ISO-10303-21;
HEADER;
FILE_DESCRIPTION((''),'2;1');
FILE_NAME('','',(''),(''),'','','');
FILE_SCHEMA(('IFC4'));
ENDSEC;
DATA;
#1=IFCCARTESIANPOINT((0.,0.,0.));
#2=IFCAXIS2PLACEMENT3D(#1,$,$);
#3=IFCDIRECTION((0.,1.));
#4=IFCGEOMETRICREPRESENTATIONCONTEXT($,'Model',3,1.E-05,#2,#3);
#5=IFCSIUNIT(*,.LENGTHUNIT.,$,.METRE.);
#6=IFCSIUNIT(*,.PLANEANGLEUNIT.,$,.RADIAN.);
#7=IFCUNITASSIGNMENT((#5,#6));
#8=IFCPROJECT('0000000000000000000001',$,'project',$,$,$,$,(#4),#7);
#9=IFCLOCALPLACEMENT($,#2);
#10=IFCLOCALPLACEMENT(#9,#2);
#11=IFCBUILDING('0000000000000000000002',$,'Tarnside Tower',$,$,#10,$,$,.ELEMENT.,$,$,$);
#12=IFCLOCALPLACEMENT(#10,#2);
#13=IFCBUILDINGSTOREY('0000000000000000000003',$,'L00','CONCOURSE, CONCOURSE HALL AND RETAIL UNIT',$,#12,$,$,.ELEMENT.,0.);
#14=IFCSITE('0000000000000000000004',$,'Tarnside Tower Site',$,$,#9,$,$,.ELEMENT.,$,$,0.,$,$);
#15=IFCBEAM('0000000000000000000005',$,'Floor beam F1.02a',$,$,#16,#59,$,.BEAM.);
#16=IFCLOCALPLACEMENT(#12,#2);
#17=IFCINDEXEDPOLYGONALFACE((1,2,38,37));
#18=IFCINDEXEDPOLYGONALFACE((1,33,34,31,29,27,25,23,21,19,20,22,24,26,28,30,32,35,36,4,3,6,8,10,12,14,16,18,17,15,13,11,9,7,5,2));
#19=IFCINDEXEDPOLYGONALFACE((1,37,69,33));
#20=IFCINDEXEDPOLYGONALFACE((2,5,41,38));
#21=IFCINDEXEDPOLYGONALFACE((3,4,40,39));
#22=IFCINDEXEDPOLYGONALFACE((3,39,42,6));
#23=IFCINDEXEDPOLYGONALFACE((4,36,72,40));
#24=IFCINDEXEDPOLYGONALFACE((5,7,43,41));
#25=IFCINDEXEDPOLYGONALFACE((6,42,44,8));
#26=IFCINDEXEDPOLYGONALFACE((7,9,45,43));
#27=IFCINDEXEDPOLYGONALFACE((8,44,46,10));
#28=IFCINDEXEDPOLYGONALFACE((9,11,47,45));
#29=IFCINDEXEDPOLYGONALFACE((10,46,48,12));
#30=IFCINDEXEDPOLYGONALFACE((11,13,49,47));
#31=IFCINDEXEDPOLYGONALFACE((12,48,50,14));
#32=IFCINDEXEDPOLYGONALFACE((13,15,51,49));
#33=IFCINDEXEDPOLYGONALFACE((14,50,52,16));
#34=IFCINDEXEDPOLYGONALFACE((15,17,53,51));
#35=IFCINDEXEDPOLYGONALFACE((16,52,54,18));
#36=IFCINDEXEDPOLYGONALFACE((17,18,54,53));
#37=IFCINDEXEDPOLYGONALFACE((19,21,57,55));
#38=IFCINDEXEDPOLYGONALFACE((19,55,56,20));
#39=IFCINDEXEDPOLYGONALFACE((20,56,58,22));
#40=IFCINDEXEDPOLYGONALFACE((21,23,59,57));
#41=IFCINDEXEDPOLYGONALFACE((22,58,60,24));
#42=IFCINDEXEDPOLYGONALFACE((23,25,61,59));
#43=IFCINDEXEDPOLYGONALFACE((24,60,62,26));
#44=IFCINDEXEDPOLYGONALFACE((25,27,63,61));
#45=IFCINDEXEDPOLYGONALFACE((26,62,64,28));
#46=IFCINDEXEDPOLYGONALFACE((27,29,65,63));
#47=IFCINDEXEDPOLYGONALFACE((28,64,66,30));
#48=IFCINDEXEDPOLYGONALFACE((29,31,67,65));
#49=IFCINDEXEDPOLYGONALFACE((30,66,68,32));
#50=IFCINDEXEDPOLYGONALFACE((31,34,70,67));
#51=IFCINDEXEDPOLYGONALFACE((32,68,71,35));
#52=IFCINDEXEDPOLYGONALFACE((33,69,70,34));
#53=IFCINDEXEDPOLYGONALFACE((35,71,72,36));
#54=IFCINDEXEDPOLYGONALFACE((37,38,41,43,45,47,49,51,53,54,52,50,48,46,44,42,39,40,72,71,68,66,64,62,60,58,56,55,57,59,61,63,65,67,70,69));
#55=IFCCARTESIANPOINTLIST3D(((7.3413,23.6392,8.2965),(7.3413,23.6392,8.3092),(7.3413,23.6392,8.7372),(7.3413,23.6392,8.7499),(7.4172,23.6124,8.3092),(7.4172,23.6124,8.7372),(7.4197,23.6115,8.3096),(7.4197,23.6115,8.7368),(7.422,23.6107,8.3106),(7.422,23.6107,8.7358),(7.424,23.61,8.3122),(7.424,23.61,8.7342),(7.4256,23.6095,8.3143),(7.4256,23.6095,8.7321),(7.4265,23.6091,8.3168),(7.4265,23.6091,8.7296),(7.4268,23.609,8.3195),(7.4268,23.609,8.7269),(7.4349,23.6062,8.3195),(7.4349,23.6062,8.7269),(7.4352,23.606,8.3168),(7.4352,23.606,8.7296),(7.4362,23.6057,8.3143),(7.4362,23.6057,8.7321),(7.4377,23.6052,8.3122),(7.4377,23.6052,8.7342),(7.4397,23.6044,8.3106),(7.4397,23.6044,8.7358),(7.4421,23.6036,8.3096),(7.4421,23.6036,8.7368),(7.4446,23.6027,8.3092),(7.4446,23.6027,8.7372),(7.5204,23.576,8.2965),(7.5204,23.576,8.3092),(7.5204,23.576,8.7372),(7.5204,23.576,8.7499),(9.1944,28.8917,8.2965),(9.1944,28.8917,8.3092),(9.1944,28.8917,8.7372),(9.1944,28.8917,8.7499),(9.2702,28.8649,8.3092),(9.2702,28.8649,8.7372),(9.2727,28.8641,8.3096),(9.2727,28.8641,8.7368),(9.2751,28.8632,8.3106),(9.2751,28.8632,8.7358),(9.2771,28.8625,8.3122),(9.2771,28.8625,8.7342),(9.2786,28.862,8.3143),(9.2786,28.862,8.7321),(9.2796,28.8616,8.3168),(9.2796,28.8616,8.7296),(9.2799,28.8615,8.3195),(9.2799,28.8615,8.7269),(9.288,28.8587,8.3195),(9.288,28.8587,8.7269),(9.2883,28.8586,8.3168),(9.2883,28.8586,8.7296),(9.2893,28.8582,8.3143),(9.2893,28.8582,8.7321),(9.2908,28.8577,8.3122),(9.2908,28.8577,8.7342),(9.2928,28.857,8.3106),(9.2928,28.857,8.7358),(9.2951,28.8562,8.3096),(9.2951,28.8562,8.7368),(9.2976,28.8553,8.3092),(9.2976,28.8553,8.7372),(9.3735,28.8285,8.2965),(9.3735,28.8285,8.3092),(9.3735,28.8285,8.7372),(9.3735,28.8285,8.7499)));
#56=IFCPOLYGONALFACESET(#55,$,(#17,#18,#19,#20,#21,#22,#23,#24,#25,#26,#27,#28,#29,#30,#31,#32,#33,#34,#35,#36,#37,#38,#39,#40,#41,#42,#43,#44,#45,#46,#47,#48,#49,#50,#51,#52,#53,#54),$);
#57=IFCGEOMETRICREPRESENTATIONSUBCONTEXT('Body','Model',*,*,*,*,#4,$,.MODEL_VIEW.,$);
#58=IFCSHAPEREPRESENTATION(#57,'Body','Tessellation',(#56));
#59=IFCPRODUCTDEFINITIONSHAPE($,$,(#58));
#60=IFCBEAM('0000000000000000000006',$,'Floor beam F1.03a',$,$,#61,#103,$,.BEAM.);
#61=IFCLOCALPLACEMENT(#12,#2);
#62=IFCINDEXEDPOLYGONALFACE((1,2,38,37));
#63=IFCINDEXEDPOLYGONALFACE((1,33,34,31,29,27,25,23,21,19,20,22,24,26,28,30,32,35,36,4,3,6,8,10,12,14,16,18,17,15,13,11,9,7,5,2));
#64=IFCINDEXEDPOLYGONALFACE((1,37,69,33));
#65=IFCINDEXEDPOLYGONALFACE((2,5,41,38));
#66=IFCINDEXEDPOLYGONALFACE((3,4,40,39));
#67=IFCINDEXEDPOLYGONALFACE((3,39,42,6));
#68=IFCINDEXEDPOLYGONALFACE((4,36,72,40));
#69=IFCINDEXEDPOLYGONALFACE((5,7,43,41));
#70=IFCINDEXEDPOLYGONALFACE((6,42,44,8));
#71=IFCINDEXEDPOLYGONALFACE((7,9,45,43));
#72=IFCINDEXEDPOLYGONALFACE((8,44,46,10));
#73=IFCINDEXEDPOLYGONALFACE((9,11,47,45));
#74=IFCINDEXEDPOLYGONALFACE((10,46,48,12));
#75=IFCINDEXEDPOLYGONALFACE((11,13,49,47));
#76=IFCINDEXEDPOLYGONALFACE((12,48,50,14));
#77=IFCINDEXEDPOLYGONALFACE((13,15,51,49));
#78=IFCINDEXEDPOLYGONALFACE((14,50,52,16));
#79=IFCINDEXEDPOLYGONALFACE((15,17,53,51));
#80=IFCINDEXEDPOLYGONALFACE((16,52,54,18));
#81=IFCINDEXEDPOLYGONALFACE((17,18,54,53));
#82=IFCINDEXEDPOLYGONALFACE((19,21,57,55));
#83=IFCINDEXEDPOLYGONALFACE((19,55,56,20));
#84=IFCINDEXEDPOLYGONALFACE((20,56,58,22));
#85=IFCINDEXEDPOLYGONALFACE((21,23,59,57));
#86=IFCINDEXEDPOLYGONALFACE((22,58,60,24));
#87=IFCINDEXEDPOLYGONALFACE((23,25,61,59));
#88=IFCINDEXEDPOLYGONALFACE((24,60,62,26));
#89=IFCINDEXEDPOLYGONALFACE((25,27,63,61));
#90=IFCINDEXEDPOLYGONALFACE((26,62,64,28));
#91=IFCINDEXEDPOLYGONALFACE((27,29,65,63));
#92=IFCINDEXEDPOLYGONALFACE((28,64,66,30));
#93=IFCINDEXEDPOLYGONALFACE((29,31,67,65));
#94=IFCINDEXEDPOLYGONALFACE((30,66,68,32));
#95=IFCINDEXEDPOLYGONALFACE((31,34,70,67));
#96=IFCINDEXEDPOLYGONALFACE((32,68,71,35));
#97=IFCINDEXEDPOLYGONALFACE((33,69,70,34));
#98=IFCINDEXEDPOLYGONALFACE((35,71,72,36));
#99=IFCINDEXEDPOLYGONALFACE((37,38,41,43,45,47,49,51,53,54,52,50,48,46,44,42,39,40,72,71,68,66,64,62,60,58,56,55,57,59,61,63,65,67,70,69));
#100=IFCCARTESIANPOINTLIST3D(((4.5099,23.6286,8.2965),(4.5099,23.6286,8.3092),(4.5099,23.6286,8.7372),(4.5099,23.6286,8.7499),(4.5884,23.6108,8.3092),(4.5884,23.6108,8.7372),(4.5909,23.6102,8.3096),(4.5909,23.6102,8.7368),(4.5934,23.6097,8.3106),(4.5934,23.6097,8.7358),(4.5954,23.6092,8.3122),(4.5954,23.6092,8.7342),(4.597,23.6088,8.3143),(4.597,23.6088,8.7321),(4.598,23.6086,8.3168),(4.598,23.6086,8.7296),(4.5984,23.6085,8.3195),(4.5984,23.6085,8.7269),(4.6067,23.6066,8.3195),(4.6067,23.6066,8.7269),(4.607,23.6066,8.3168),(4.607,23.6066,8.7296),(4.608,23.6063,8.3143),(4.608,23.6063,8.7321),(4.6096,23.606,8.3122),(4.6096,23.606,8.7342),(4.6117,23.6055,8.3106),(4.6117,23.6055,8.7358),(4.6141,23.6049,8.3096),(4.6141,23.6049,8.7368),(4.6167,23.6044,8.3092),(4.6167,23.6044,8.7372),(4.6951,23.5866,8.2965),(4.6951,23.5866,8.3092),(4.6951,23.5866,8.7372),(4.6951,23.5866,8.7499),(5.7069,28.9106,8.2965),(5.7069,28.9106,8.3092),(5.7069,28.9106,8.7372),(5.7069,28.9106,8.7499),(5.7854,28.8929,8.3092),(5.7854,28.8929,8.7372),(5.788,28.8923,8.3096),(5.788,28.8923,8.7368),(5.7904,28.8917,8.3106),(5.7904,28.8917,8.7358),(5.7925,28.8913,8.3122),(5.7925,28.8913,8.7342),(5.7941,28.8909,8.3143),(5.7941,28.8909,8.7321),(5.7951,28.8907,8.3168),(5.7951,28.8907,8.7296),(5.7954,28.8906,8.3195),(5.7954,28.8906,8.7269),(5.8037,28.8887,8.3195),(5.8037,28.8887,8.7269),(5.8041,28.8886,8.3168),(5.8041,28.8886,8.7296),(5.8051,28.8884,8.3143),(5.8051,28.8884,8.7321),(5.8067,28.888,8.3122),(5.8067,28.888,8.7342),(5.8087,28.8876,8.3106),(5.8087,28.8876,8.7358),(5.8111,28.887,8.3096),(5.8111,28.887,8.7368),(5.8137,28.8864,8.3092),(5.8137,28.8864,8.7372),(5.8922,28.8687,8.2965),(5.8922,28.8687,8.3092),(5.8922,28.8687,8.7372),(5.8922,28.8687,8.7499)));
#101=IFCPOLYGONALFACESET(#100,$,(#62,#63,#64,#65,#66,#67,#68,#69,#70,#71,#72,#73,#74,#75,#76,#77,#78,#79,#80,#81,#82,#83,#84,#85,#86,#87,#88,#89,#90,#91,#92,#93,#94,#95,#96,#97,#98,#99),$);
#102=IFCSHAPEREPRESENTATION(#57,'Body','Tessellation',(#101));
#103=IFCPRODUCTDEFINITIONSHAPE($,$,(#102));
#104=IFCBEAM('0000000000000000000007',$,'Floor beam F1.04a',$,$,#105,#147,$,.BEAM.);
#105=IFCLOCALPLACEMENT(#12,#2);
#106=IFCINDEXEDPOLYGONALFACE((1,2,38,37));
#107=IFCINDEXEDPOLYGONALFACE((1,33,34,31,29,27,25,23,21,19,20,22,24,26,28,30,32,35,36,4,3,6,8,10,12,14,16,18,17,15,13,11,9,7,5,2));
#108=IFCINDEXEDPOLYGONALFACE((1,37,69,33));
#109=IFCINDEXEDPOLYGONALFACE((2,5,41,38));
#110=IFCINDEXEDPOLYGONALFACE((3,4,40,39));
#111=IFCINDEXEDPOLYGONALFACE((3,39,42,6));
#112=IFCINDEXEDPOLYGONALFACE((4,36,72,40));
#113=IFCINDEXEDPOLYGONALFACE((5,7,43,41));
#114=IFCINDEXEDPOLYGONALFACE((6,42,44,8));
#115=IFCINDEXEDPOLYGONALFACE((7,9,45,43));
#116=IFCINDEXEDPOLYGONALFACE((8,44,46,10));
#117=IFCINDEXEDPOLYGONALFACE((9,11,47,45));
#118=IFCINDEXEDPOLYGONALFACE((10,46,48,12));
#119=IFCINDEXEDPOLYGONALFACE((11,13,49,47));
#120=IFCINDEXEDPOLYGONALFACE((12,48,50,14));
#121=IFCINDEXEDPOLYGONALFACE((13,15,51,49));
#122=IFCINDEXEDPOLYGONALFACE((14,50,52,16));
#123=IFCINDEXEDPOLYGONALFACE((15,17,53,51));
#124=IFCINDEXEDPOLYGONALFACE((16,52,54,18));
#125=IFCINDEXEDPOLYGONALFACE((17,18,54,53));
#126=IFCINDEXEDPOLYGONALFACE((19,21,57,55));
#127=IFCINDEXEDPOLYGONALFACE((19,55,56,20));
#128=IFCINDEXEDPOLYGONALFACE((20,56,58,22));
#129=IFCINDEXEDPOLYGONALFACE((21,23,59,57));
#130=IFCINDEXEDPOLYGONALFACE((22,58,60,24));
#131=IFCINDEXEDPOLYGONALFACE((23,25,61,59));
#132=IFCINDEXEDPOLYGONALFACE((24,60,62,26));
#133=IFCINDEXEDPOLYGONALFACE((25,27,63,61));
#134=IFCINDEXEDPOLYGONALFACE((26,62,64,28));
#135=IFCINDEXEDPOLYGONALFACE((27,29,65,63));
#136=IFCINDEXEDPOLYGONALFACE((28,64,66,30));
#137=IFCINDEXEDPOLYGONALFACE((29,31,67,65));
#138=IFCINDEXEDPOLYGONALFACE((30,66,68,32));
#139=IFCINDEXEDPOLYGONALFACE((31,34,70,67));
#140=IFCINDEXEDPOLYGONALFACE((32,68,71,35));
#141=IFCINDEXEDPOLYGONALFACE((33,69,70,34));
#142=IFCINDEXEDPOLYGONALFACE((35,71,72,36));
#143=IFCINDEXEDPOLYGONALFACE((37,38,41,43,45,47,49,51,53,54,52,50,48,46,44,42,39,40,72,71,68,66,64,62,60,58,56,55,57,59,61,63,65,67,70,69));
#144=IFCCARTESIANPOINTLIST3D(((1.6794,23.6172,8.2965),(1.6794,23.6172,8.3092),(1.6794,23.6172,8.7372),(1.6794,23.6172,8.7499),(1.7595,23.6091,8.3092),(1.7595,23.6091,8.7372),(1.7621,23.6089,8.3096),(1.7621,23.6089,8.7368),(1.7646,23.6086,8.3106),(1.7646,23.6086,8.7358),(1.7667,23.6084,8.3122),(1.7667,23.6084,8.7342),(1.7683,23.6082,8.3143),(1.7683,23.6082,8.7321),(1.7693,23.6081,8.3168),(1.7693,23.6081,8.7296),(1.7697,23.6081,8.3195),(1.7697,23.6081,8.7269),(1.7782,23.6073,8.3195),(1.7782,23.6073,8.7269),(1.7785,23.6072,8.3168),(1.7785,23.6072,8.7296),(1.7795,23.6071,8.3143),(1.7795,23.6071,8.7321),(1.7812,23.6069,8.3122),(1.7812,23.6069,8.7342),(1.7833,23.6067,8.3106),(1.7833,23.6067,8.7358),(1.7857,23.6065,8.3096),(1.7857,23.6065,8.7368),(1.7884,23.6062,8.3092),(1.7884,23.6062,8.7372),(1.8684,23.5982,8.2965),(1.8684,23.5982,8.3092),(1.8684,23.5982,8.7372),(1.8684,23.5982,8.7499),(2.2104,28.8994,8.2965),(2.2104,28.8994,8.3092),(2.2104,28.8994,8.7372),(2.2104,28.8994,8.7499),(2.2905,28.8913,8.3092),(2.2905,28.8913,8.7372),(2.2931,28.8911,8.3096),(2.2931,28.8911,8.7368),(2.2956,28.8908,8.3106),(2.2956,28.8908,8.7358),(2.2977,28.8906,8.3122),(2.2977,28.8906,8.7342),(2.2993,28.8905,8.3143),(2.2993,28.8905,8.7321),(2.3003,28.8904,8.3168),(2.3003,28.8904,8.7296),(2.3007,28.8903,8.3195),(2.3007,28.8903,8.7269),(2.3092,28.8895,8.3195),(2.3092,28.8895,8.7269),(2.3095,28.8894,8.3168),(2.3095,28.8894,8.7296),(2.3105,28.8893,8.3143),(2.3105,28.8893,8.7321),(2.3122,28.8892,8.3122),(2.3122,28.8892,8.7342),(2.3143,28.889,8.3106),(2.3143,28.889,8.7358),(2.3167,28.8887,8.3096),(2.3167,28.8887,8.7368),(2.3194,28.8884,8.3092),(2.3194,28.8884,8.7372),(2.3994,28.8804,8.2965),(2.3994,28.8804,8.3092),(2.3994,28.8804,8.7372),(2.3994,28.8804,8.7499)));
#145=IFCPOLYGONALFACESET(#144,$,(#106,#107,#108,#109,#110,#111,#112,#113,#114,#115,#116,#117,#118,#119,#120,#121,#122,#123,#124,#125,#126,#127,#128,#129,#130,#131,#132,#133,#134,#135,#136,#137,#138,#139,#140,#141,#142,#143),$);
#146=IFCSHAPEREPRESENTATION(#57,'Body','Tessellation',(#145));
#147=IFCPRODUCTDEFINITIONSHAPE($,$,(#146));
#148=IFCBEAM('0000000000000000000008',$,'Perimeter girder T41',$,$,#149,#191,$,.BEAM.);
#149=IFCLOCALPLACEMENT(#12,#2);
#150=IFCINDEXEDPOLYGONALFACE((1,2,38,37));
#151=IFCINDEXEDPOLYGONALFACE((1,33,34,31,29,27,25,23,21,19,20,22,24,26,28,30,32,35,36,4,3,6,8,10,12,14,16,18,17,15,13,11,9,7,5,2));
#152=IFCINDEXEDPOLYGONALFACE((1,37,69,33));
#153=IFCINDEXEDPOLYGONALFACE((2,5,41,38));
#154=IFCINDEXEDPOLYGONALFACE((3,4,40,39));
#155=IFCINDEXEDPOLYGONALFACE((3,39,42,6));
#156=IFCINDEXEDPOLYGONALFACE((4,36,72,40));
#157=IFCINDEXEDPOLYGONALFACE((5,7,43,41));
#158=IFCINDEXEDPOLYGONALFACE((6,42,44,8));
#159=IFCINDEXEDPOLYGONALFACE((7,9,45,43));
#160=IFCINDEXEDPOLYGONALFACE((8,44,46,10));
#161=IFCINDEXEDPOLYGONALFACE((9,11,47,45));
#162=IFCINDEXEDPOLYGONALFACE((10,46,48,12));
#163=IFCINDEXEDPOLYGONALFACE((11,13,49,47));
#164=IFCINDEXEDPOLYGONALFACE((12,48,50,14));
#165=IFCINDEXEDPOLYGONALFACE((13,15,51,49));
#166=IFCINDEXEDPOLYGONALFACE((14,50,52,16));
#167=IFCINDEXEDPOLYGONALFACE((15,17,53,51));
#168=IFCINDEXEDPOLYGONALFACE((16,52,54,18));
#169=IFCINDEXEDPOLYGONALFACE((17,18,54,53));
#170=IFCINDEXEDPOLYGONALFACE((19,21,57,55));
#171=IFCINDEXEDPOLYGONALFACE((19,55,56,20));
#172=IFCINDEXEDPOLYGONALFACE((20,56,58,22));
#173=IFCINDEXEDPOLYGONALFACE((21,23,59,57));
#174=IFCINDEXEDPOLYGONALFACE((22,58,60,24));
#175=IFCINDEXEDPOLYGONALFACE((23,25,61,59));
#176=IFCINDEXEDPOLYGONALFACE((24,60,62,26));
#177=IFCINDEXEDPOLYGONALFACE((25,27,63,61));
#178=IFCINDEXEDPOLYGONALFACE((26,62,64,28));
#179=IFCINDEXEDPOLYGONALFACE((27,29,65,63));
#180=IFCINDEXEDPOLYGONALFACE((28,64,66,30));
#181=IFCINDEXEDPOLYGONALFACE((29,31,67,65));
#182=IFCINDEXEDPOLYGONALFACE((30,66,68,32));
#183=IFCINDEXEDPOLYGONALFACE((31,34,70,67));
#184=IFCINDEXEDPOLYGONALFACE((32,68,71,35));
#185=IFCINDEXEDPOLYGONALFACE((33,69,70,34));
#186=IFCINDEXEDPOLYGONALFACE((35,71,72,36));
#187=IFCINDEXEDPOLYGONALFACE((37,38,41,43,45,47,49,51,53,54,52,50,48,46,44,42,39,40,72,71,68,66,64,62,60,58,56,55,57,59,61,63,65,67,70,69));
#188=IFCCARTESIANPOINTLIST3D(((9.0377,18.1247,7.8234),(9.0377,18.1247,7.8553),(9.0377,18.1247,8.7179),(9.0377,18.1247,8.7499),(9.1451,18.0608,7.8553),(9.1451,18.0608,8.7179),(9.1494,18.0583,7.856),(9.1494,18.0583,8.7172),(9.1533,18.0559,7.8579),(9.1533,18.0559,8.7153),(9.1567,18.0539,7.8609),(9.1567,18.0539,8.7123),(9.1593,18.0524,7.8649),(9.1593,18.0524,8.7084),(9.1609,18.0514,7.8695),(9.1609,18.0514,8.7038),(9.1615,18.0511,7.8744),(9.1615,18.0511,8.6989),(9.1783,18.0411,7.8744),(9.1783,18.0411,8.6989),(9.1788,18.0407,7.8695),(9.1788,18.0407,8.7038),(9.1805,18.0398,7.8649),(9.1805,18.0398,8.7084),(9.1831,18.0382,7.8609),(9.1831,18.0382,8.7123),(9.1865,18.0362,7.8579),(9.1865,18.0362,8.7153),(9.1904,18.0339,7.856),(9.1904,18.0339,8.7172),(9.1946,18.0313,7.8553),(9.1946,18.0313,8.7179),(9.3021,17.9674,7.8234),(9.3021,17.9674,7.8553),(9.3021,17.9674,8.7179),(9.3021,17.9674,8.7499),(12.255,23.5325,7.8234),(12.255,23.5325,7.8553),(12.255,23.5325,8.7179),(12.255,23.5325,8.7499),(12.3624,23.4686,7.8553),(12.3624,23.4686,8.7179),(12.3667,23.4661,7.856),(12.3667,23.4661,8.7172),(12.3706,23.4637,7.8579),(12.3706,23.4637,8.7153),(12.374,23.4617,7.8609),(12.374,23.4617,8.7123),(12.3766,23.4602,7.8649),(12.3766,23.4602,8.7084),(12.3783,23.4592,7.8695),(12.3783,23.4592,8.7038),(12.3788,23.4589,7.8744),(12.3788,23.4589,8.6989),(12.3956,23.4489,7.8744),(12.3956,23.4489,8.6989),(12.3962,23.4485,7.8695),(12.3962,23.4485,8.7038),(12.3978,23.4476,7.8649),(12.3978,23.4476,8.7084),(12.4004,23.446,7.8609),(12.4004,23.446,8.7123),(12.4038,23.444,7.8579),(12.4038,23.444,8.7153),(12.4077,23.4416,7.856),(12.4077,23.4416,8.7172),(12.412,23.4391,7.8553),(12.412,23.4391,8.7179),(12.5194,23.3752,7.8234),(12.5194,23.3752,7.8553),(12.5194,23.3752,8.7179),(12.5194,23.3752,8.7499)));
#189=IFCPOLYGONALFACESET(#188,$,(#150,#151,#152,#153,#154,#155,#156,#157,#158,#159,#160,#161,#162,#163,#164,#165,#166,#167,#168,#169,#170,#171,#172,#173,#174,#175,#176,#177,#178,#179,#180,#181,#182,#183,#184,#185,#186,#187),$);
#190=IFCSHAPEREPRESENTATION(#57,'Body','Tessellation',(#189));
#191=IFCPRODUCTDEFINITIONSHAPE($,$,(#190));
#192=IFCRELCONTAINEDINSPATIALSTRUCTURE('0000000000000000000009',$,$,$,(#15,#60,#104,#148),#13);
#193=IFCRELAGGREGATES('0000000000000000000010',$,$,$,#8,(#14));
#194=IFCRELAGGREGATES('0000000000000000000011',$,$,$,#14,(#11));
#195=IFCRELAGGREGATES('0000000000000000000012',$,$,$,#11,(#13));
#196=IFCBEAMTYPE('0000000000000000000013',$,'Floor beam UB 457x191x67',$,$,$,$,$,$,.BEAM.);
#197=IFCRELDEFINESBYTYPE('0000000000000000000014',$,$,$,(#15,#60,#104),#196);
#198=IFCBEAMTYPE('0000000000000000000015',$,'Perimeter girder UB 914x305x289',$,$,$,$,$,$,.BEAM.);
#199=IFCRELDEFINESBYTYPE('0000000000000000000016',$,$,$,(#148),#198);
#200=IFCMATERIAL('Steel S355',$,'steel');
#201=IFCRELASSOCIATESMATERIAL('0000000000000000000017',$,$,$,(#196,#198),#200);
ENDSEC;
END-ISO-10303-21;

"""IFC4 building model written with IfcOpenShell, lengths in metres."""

from ifc_helpers import new_model, si_unit, direction, frame, origin, origin_2d, place, context, subcontext, project, spatial, i_section, extrude, material, material_profile, profile_set, type_object, element, save


model = new_model("IFC4")

# Units and contexts
model_context = context("Model", 3, precision=1e-05, world=origin(), true_north=direction((0.0, 1.0)))
body_context = subcontext(model_context, "Body", "Model", "MODEL_VIEW")
ifc_project = project(units=[si_unit("LENGTHUNIT", "METRE"), si_unit("PLANEANGLEUNIT", "RADIAN")], contexts=[model_context])

# Site, building, storey
site_placement = place(None, origin())
site = spatial("IfcSite", under=ifc_project, at=site_placement, Name="Tarnside Tower Site", CompositionType="ELEMENT", RefElevation=0.0)
building_placement = place(site_placement, origin())
building = spatial("IfcBuilding", under=site, at=building_placement, Name="Tarnside Tower", CompositionType="ELEMENT")
storey_placement = place(building_placement, origin())
storey = spatial("IfcBuildingStorey", under=building, at=storey_placement, Name="L00", Description="CONCOURSE, CONCOURSE HALL AND RETAIL UNIT", CompositionType="ELEMENT", Elevation=0.0)

# Beams
ifc_material_1 = material(Name="Steel S355", Category="steel")
ifc_material_profile_1 = material_profile(ifc_material_1, i_section(OverallWidth=0.1899, OverallDepth=0.4534, WebThickness=0.0085, FlangeThickness=0.0127, FilletRadius=0.0103, at=origin_2d()), Name="UB 457x191x67")
ifc_profile_set_1 = profile_set([ifc_material_profile_1], Name="Steel S355")
beam_type_1 = type_object("IfcBeamType", Name="Floor beam UB 457x191x67", PredefinedType="BEAM", material=ifc_profile_set_1)
beam_1_placement = place(storey_placement, frame((9.2839, 28.8601, 8.5232), z_axis=(-0.332696, -0.943034, 0.0), x_axis=(0.943034, -0.332696, 0.0)))
element("IfcBeam", 1, at=beam_1_placement, inside=storey, type_object=beam_type_1, Name="Floor beam F1.02a", PredefinedType="BEAM", context=body_context, shape_type="SweptSolid", body=[
    extrude(i_section(OverallWidth=0.1899, OverallDepth=0.4534, WebThickness=0.0085, FlangeThickness=0.0127, FilletRadius=0.0103, at=origin_2d()), origin(), (0.0, 0.0, 1.0), 5.5698),
])
beam_2_placement = place(storey_placement, frame((5.7996, 28.8896, 8.5232), z_axis=(-0.221019, -0.975269, 0.0), x_axis=(0.975269, -0.221019, 0.0)))
element("IfcBeam", 2, at=beam_2_placement, inside=storey, type_object=beam_type_1, Name="Floor beam F1.03a", PredefinedType="BEAM", context=body_context, shape_type="SweptSolid", body=[
    extrude(i_section(OverallWidth=0.1899, OverallDepth=0.4534, WebThickness=0.0085, FlangeThickness=0.0127, FilletRadius=0.0103, at=origin_2d()), origin(), (0.0, 0.0, 1.0), 5.416),
])
beam_3_placement = place(storey_placement, frame((2.3049, 28.8899, 8.5232), z_axis=(-0.100023, -0.994985, 0.0), x_axis=(0.994985, -0.100023, 0.0)))
element("IfcBeam", 3, at=beam_3_placement, inside=storey, type_object=beam_type_1, Name="Floor beam F1.04a", PredefinedType="BEAM", context=body_context, shape_type="SweptSolid", body=[
    extrude(i_section(OverallWidth=0.1899, OverallDepth=0.4534, WebThickness=0.0085, FlangeThickness=0.0127, FilletRadius=0.0103, at=origin_2d()), origin(), (0.0, 0.0, 1.0), 5.3088),
])
ifc_material_profile_2 = material_profile(ifc_material_1, i_section(OverallWidth=0.3076, OverallDepth=0.9265, WebThickness=0.0195, FlangeThickness=0.032, FilletRadius=0.019, at=origin_2d()), Name="UB 914x305x289")
ifc_profile_set_2 = profile_set([ifc_material_profile_2], Name="Steel S355")
beam_type_2 = type_object("IfcBeamType", Name="Perimeter girder UB 914x305x289", PredefinedType="BEAM", material=ifc_profile_set_2)
beam_4_placement = place(storey_placement, frame((12.3872, 23.4539, 8.2866), z_axis=(-0.511297, -0.859404, 0.0), x_axis=(0.859404, -0.511297, 0.0)))
element("IfcBeam", 4, at=beam_4_placement, inside=storey, type_object=beam_type_2, Name="Perimeter girder T41", PredefinedType="BEAM", context=body_context, shape_type="SweptSolid", body=[
    extrude(i_section(OverallWidth=0.3076, OverallDepth=0.9265, WebThickness=0.0195, FlangeThickness=0.032, FilletRadius=0.019, at=origin_2d()), origin(), (0.0, 0.0, 1.0), 6.2925),
])

save(model, "model.ifc")
